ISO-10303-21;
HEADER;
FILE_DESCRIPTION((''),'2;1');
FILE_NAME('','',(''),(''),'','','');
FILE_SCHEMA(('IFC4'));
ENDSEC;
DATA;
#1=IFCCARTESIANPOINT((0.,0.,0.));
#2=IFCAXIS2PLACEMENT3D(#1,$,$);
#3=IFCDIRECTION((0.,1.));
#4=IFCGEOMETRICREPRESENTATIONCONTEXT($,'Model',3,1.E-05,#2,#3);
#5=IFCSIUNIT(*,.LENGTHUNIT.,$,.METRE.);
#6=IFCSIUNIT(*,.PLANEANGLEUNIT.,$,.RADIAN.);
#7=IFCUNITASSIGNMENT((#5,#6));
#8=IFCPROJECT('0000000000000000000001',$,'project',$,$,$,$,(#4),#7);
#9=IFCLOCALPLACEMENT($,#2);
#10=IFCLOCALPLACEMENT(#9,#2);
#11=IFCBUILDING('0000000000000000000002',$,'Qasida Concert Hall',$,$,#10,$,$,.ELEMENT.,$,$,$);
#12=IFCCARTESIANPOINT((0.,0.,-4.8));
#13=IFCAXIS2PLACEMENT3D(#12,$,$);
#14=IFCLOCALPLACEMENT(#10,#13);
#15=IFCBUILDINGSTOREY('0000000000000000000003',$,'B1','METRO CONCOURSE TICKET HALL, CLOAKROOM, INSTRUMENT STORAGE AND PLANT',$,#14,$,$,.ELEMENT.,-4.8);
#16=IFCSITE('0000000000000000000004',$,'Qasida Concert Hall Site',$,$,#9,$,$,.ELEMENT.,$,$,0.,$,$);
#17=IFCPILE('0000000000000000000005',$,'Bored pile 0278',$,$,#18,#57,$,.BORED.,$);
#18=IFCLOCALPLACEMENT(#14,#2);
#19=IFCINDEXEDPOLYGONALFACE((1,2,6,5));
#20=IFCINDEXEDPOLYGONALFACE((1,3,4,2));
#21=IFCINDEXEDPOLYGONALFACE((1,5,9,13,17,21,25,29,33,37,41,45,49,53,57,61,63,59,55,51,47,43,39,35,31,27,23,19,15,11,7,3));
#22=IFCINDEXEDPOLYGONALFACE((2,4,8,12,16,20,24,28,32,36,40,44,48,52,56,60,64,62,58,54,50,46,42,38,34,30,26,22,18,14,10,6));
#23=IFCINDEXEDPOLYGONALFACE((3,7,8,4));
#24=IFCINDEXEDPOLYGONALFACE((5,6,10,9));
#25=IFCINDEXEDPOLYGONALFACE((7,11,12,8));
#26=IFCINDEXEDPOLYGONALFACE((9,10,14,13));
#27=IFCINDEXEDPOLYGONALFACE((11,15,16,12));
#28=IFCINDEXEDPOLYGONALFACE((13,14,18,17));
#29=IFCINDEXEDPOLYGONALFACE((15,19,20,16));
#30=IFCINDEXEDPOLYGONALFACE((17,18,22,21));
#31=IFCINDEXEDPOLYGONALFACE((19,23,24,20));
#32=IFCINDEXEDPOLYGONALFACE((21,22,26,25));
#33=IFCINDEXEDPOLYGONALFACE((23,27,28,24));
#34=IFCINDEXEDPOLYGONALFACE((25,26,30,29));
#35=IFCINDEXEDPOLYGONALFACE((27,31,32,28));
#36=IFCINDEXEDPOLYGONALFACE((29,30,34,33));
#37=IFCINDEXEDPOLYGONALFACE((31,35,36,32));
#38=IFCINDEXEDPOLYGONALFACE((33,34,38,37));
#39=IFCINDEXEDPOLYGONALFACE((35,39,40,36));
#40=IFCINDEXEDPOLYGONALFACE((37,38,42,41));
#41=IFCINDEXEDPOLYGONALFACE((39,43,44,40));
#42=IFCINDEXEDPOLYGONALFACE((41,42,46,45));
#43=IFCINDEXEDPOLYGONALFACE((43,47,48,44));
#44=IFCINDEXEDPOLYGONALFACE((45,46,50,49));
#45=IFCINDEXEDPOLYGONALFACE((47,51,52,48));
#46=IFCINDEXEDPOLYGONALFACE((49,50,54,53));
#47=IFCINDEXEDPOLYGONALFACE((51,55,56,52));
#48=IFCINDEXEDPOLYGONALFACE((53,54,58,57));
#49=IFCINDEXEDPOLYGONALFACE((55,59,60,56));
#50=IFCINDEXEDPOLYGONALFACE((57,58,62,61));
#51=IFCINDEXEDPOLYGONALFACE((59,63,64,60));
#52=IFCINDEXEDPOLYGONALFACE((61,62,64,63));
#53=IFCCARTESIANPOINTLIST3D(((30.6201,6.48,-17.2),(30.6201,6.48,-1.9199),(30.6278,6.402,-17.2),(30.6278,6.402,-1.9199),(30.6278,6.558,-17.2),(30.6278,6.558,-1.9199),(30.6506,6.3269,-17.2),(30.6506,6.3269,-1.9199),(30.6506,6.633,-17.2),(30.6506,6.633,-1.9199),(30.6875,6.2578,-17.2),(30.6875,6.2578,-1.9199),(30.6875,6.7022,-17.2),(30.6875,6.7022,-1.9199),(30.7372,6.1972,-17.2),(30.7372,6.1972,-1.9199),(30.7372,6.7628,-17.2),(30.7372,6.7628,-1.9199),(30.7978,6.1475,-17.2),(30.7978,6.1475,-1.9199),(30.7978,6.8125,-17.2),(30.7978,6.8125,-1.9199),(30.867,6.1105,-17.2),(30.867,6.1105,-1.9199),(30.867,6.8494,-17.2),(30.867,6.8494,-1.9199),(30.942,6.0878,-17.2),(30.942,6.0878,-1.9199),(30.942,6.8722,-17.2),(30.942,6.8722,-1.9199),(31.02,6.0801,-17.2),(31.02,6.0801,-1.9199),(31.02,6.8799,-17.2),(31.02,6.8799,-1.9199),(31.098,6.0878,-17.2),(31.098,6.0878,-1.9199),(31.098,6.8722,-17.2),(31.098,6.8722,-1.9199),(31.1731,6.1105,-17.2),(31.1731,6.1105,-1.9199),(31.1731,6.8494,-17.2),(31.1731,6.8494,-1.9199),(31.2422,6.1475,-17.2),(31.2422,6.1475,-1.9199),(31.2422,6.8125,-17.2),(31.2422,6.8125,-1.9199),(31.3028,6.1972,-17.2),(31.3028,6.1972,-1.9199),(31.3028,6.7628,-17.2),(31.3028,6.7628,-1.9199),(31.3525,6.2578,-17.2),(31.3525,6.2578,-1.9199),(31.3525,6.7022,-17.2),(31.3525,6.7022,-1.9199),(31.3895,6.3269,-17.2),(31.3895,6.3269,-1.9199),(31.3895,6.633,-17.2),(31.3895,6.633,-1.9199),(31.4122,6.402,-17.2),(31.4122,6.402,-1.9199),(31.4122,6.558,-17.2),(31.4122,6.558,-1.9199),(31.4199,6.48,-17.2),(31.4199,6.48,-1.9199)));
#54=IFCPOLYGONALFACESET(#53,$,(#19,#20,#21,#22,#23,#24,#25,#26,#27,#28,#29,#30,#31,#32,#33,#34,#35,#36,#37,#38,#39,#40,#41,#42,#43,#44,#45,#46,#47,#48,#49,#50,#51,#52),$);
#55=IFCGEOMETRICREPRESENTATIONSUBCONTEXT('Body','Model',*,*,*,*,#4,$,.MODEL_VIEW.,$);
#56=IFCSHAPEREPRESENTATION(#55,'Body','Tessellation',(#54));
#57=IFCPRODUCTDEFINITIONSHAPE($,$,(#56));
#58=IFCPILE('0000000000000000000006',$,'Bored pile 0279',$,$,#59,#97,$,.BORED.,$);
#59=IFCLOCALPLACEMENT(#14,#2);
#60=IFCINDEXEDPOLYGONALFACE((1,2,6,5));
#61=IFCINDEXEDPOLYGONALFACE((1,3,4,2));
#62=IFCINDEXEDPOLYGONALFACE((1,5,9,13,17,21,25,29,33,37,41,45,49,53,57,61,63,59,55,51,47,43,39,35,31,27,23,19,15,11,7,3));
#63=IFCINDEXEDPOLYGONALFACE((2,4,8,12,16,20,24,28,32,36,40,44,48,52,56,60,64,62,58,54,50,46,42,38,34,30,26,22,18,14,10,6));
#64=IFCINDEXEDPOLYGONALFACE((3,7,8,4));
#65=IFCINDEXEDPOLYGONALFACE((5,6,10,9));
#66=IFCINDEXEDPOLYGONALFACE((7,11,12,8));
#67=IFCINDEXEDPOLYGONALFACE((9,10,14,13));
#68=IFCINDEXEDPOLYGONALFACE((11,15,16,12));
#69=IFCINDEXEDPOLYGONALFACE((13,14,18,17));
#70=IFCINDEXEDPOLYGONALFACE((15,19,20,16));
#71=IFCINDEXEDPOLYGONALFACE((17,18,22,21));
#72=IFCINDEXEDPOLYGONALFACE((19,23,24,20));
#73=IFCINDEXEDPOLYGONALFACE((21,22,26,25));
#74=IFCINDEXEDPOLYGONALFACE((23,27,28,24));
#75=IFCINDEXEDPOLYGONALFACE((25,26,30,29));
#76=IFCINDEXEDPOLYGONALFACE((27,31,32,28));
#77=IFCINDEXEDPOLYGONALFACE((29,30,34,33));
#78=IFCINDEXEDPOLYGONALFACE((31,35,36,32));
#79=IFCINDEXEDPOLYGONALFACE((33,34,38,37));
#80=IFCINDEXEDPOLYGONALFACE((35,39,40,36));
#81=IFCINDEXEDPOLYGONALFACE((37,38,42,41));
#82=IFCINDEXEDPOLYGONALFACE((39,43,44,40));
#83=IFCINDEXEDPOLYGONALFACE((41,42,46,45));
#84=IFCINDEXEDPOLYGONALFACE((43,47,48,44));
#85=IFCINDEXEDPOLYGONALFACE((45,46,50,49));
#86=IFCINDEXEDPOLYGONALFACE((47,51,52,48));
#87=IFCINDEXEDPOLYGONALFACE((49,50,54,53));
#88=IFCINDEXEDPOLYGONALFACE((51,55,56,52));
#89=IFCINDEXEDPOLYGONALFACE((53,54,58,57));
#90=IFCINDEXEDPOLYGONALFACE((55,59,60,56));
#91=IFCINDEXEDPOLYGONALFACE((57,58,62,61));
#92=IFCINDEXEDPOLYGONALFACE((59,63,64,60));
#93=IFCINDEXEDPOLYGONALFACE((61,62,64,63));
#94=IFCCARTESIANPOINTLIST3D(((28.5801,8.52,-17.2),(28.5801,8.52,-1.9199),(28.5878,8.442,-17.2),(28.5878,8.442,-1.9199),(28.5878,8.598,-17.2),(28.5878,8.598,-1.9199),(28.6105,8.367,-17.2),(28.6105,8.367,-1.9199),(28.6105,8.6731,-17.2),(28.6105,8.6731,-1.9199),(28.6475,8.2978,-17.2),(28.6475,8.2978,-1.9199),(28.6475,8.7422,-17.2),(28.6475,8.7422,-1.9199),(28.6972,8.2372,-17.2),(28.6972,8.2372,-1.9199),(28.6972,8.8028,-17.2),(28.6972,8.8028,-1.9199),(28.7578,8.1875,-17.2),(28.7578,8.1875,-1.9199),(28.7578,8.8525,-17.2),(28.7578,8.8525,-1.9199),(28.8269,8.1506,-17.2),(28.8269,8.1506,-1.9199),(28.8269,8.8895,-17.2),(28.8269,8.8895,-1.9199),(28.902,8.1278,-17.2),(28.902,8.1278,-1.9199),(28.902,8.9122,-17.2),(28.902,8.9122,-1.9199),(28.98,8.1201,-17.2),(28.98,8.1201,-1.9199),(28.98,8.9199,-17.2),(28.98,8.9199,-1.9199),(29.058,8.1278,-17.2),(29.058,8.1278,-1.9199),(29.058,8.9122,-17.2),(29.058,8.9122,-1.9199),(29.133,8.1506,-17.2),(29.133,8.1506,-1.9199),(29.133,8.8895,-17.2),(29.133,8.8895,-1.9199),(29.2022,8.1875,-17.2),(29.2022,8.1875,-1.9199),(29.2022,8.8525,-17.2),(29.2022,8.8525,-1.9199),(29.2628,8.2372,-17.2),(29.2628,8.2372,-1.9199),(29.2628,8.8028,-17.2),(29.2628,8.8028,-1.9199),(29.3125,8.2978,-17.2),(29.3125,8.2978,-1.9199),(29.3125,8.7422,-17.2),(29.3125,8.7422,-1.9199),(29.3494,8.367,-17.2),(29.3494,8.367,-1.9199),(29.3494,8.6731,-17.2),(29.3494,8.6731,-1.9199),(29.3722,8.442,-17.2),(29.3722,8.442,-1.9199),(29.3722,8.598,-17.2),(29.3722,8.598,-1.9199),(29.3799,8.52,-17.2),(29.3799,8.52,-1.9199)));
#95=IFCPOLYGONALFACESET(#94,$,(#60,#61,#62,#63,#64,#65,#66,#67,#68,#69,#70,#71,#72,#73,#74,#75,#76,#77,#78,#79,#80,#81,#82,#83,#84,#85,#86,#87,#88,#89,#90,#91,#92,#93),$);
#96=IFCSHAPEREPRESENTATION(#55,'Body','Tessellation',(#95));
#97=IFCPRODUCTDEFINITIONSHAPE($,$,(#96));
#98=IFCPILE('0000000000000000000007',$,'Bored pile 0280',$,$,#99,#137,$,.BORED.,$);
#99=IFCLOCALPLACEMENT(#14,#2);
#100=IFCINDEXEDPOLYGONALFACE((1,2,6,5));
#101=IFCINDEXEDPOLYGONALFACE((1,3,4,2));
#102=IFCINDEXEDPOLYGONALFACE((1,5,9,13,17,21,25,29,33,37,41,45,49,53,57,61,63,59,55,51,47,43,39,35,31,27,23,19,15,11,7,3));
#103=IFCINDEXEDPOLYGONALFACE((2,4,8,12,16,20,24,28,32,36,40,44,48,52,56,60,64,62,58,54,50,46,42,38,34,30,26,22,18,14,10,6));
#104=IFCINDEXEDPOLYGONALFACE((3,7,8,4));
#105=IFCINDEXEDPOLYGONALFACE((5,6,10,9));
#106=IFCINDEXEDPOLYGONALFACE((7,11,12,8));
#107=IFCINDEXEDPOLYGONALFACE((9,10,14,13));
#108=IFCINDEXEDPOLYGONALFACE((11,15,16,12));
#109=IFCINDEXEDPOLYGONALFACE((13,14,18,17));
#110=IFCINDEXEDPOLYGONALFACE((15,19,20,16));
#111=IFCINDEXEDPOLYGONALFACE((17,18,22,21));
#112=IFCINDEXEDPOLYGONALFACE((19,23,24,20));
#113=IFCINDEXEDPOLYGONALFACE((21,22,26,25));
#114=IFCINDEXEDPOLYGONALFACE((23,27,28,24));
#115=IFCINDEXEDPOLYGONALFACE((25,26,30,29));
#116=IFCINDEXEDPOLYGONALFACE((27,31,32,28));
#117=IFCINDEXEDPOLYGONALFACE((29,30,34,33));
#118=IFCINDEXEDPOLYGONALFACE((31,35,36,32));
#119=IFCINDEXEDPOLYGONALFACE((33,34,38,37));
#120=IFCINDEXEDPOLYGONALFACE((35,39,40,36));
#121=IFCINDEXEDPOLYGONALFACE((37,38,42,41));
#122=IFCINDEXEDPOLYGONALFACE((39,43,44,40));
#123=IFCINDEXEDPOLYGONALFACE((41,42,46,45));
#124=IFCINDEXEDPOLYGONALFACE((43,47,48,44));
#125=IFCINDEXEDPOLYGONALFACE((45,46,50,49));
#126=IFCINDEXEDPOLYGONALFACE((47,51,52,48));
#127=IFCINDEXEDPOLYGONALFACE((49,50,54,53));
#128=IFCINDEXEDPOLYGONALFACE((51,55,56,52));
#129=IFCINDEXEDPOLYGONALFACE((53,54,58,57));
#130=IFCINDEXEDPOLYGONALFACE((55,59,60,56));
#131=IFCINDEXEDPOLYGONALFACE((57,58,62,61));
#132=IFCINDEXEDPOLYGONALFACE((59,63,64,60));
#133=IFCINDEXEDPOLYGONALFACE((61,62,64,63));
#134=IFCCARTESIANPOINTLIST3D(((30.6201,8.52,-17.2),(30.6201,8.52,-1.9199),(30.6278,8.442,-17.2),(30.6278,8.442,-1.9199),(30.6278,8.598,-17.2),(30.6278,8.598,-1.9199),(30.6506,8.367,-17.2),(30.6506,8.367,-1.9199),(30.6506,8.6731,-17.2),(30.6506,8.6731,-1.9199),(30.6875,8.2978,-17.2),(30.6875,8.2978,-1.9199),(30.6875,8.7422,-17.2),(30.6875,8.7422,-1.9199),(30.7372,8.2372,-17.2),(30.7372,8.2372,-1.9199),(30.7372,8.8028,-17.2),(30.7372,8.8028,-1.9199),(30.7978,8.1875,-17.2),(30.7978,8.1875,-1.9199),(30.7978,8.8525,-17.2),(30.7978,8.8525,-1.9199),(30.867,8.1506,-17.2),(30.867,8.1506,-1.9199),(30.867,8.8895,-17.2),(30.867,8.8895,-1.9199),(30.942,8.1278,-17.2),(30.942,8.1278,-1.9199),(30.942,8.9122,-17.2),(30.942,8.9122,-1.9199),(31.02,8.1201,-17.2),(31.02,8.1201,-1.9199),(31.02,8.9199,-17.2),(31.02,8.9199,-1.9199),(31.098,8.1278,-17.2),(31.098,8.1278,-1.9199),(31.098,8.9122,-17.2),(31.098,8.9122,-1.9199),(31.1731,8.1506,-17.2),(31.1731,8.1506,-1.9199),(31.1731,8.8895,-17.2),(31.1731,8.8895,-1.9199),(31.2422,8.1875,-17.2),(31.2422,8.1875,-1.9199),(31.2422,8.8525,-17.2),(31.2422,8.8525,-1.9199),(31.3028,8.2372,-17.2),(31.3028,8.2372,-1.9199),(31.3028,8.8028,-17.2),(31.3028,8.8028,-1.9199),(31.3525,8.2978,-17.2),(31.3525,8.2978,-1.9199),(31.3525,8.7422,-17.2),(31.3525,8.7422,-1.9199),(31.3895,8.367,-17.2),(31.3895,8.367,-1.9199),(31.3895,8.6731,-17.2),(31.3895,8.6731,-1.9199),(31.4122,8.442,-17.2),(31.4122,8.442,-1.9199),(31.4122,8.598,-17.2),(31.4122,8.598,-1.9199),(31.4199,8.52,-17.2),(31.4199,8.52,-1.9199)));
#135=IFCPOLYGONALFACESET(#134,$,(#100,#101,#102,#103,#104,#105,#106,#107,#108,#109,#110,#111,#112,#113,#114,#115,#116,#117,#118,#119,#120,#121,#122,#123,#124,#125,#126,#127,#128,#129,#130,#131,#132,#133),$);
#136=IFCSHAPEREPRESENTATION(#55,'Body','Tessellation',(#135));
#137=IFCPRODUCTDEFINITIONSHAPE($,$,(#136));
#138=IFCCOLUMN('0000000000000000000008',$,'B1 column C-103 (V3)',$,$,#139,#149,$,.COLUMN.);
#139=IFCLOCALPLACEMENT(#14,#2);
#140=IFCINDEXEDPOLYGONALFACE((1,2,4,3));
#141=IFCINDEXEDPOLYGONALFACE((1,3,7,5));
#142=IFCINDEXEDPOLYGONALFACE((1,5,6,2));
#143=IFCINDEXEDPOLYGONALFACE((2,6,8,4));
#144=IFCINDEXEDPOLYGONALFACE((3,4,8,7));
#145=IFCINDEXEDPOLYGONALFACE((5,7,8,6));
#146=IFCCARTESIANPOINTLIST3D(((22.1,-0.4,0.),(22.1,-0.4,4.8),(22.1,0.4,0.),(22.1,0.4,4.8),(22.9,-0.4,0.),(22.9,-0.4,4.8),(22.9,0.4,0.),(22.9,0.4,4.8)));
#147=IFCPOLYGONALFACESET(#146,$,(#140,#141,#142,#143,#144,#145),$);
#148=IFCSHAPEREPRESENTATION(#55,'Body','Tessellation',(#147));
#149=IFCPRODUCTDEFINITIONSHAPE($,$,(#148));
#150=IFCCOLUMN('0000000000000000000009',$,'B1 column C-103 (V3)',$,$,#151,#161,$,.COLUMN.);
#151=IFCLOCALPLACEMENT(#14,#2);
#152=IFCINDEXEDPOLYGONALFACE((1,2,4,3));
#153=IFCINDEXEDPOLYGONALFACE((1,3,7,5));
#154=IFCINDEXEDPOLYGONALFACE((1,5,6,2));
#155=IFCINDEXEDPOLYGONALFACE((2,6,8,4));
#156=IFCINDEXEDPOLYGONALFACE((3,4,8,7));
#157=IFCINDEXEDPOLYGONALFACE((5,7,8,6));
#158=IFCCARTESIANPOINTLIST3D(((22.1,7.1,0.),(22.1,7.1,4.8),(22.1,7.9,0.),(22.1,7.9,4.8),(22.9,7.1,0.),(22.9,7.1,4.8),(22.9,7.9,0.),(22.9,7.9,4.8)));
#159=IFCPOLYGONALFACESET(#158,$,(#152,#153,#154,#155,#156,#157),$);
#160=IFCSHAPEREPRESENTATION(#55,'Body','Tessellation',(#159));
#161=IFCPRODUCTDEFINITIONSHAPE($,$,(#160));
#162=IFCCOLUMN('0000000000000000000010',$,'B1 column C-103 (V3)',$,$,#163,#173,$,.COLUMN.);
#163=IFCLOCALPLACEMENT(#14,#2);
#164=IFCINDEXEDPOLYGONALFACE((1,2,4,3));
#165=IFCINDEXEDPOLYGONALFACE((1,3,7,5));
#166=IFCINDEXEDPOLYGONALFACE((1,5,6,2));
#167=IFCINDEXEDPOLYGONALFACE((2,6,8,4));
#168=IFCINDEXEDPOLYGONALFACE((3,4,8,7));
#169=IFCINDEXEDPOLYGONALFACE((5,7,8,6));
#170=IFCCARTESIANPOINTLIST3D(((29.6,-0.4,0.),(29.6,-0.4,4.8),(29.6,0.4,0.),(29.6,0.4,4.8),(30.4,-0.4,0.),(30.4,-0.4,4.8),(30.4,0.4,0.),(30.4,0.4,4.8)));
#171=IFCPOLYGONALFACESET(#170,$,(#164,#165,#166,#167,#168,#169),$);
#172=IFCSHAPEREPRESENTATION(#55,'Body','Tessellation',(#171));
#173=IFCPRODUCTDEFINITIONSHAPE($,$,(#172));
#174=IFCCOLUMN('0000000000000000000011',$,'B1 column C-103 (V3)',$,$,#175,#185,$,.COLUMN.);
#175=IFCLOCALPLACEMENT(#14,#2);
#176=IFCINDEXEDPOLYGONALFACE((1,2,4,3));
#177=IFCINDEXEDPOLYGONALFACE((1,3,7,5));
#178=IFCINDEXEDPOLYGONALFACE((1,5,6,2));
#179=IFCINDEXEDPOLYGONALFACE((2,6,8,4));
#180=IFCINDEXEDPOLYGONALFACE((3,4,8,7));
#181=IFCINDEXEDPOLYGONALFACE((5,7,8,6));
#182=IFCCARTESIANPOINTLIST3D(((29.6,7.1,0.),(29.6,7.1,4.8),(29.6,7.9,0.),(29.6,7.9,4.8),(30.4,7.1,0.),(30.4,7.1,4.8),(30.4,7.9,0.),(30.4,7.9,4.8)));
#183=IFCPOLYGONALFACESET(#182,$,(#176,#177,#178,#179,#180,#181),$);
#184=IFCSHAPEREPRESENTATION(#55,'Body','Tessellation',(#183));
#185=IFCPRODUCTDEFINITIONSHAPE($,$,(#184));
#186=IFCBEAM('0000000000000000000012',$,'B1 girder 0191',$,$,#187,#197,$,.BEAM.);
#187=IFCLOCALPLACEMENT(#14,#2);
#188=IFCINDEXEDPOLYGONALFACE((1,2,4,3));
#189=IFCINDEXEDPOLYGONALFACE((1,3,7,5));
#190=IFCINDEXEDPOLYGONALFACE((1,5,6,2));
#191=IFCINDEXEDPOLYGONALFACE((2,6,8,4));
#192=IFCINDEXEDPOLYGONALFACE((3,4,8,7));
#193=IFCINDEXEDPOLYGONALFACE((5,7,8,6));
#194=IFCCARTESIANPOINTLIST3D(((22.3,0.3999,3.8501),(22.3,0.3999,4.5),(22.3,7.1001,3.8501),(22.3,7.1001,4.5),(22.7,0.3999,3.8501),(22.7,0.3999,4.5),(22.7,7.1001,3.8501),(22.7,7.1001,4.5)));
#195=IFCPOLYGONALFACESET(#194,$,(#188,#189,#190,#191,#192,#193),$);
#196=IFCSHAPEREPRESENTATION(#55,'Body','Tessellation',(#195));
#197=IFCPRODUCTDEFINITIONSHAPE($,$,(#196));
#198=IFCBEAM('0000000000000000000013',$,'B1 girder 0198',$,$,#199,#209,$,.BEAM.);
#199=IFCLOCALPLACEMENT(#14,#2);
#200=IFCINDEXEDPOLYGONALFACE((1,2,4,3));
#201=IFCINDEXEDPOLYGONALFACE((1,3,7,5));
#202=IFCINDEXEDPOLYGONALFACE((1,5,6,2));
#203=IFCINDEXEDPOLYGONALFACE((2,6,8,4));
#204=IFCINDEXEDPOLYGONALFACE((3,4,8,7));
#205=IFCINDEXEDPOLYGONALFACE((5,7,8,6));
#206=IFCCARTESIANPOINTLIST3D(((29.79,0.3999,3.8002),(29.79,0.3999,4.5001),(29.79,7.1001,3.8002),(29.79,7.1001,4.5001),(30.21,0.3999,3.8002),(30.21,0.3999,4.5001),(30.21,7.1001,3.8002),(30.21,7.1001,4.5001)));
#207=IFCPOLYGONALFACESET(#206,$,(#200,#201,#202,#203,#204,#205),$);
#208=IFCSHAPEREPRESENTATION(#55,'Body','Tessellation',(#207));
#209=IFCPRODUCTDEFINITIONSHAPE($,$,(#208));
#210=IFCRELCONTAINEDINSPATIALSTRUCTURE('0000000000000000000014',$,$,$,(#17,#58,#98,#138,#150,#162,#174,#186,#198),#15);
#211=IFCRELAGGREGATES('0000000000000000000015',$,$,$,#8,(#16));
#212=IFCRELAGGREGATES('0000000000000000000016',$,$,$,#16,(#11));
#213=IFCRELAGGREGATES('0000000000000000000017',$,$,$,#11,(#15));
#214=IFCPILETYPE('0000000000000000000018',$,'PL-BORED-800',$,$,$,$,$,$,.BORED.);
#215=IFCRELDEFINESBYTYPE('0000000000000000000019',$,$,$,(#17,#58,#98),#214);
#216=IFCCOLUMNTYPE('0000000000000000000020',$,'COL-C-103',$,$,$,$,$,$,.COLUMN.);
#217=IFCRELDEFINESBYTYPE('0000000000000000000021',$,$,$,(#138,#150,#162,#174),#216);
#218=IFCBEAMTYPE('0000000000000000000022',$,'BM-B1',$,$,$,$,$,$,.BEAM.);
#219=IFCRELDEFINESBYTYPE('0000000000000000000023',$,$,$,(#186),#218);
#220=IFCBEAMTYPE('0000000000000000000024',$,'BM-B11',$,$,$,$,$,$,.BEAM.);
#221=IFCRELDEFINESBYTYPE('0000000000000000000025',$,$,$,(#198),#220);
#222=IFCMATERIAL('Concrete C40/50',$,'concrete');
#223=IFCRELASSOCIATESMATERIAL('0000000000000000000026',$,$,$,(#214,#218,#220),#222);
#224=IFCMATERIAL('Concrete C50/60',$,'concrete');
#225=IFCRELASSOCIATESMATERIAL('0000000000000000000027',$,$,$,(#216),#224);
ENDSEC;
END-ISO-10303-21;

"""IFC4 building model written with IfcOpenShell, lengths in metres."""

from ifc_helpers import new_model, si_unit, direction, frame, origin, origin_2d, place, context, subcontext, project, spatial, rectangle, circle, extrude, material, material_profile, profile_set, type_object, element, save


model = new_model("IFC4")

# Units and contexts
model_context = context("Model", 3, precision=1e-05, world=origin(), true_north=direction((0.0, 1.0)))
body_context = subcontext(model_context, "Body", "Model", "MODEL_VIEW")
ifc_project = project(units=[si_unit("LENGTHUNIT", "METRE"), si_unit("PLANEANGLEUNIT", "RADIAN")], contexts=[model_context])

# Site, building, storey
site_placement = place(None, origin())
site = spatial("IfcSite", under=ifc_project, at=site_placement, Name="Qasida Concert Hall Site", CompositionType="ELEMENT", RefElevation=0.0)
building_placement = place(site_placement, origin())
building = spatial("IfcBuilding", under=site, at=building_placement, Name="Qasida Concert Hall", CompositionType="ELEMENT")
storey_placement = place(building_placement, frame((0.0, 0.0, -4.8)))
storey = spatial("IfcBuildingStorey", under=building, at=storey_placement, Name="B1", Description="METRO CONCOURSE TICKET HALL, CLOAKROOM, INSTRUMENT STORAGE AND PLANT", CompositionType="ELEMENT", Elevation=-4.8)

# Shared definitions
ifc_material_1 = material(Name="Concrete C40/50", Category="concrete")

# Piles
ifc_material_profile_1 = material_profile(ifc_material_1, circle(Radius=0.3999, at=origin_2d()), Name="BORED PILE D800")
ifc_profile_set_1 = profile_set([ifc_material_profile_1], Name="Concrete C40/50")
pile_type = type_object("IfcPileType", Name="PL-BORED-800", PredefinedType="BORED", material=ifc_profile_set_1)
for number, where, z_axis, x_axis, name in (
    (1, (31.02, 6.48, -1.9199), (0.0, 0.0, -1.0), (1.0, 0.0, 0.0), "Bored pile 0278"),
    (2, (28.98, 8.52, -1.9199), (0.0, 0.0, -1.0), (1.0, 0.0, 0.0), "Bored pile 0279"),
    (3, (31.02, 8.52, -1.9199), (0.0, 0.0, -1.0), (1.0, 0.0, 0.0), "Bored pile 0280"),
):
    element("IfcPile", number, at=place(storey_placement, frame(where, z_axis=z_axis, x_axis=x_axis)), inside=storey, type_object=pile_type, Name=name, PredefinedType="BORED", context=body_context, shape_type="SweptSolid", body=[
        extrude(circle(Radius=0.3999, at=origin_2d()), origin(), (0.0, 0.0, 1.0), 15.28),
    ])

# Columns
ifc_material_2 = material(Name="Concrete C50/60", Category="concrete")
ifc_material_profile_2 = material_profile(ifc_material_2, rectangle(XDim=0.8, YDim=0.8, at=origin_2d()), Name="RC 800x800")
ifc_profile_set_2 = profile_set([ifc_material_profile_2], Name="Concrete C50/60")
column_type = type_object("IfcColumnType", Name="COL-C-103", PredefinedType="COLUMN", material=ifc_profile_set_2)
for number, where, z_axis, x_axis, name in (
    (4, (22.5, 0.0, 0.0), (0.0, 0.0, 1.0), (1.0, 0.0, 0.0), "B1 column C-103 (V3)"),
    (5, (22.5, 7.5, 0.0), (0.0, 0.0, 1.0), (1.0, 0.0, 0.0), "B1 column C-103 (V3)"),
    (6, (30.0, 0.0, 0.0), (0.0, 0.0, 1.0), (1.0, 0.0, 0.0), "B1 column C-103 (V3)"),
    (7, (30.0, 7.5, 0.0), (0.0, 0.0, 1.0), (1.0, 0.0, 0.0), "B1 column C-103 (V3)"),
):
    element("IfcColumn", number, at=place(storey_placement, frame(where, z_axis=z_axis, x_axis=x_axis)), inside=storey, type_object=column_type, Name=name, PredefinedType="COLUMN", context=body_context, shape_type="SweptSolid", body=[
        extrude(rectangle(XDim=0.8, YDim=0.8, at=origin_2d()), origin(), (0.0, 0.0, 1.0), 4.8),
    ])

# Beams
ifc_material_profile_3 = material_profile(ifc_material_1, rectangle(XDim=0.3999, YDim=0.6499, at=origin_2d()), Name="RC 400x650")
ifc_profile_set_3 = profile_set([ifc_material_profile_3], Name="Concrete C40/50")
beam_type_1 = type_object("IfcBeamType", Name="BM-B1", PredefinedType="BEAM", material=ifc_profile_set_3)
beam_1_placement = place(storey_placement, frame((22.5, 0.3999, 4.175), z_axis=(0.0, 1.0, 0.0), x_axis=(-1.0, 0.0, 0.0)))
element("IfcBeam", 8, at=beam_1_placement, inside=storey, type_object=beam_type_1, Name="B1 girder 0191", PredefinedType="BEAM", context=body_context, shape_type="SweptSolid", body=[
    extrude(rectangle(XDim=0.3999, YDim=0.6499, at=origin_2d()), origin(), (0.0, 0.0, 1.0), 6.7002),
])
ifc_material_profile_4 = material_profile(ifc_material_1, rectangle(XDim=0.4199, YDim=0.7, at=origin_2d()), Name="RC 420x700")
ifc_profile_set_4 = profile_set([ifc_material_profile_4], Name="Concrete C40/50")
beam_type_2 = type_object("IfcBeamType", Name="BM-B11", PredefinedType="BEAM", material=ifc_profile_set_4)
beam_2_placement = place(storey_placement, frame((30.0, 0.3999, 4.1501), z_axis=(0.0, 1.0, 0.0), x_axis=(-1.0, 0.0, 0.0)))
element("IfcBeam", 9, at=beam_2_placement, inside=storey, type_object=beam_type_2, Name="B1 girder 0198", PredefinedType="BEAM", context=body_context, shape_type="SweptSolid", body=[
    extrude(rectangle(XDim=0.4199, YDim=0.7, at=origin_2d()), origin(), (0.0, 0.0, 1.0), 6.7002),
])

save(model, "model.ifc")
